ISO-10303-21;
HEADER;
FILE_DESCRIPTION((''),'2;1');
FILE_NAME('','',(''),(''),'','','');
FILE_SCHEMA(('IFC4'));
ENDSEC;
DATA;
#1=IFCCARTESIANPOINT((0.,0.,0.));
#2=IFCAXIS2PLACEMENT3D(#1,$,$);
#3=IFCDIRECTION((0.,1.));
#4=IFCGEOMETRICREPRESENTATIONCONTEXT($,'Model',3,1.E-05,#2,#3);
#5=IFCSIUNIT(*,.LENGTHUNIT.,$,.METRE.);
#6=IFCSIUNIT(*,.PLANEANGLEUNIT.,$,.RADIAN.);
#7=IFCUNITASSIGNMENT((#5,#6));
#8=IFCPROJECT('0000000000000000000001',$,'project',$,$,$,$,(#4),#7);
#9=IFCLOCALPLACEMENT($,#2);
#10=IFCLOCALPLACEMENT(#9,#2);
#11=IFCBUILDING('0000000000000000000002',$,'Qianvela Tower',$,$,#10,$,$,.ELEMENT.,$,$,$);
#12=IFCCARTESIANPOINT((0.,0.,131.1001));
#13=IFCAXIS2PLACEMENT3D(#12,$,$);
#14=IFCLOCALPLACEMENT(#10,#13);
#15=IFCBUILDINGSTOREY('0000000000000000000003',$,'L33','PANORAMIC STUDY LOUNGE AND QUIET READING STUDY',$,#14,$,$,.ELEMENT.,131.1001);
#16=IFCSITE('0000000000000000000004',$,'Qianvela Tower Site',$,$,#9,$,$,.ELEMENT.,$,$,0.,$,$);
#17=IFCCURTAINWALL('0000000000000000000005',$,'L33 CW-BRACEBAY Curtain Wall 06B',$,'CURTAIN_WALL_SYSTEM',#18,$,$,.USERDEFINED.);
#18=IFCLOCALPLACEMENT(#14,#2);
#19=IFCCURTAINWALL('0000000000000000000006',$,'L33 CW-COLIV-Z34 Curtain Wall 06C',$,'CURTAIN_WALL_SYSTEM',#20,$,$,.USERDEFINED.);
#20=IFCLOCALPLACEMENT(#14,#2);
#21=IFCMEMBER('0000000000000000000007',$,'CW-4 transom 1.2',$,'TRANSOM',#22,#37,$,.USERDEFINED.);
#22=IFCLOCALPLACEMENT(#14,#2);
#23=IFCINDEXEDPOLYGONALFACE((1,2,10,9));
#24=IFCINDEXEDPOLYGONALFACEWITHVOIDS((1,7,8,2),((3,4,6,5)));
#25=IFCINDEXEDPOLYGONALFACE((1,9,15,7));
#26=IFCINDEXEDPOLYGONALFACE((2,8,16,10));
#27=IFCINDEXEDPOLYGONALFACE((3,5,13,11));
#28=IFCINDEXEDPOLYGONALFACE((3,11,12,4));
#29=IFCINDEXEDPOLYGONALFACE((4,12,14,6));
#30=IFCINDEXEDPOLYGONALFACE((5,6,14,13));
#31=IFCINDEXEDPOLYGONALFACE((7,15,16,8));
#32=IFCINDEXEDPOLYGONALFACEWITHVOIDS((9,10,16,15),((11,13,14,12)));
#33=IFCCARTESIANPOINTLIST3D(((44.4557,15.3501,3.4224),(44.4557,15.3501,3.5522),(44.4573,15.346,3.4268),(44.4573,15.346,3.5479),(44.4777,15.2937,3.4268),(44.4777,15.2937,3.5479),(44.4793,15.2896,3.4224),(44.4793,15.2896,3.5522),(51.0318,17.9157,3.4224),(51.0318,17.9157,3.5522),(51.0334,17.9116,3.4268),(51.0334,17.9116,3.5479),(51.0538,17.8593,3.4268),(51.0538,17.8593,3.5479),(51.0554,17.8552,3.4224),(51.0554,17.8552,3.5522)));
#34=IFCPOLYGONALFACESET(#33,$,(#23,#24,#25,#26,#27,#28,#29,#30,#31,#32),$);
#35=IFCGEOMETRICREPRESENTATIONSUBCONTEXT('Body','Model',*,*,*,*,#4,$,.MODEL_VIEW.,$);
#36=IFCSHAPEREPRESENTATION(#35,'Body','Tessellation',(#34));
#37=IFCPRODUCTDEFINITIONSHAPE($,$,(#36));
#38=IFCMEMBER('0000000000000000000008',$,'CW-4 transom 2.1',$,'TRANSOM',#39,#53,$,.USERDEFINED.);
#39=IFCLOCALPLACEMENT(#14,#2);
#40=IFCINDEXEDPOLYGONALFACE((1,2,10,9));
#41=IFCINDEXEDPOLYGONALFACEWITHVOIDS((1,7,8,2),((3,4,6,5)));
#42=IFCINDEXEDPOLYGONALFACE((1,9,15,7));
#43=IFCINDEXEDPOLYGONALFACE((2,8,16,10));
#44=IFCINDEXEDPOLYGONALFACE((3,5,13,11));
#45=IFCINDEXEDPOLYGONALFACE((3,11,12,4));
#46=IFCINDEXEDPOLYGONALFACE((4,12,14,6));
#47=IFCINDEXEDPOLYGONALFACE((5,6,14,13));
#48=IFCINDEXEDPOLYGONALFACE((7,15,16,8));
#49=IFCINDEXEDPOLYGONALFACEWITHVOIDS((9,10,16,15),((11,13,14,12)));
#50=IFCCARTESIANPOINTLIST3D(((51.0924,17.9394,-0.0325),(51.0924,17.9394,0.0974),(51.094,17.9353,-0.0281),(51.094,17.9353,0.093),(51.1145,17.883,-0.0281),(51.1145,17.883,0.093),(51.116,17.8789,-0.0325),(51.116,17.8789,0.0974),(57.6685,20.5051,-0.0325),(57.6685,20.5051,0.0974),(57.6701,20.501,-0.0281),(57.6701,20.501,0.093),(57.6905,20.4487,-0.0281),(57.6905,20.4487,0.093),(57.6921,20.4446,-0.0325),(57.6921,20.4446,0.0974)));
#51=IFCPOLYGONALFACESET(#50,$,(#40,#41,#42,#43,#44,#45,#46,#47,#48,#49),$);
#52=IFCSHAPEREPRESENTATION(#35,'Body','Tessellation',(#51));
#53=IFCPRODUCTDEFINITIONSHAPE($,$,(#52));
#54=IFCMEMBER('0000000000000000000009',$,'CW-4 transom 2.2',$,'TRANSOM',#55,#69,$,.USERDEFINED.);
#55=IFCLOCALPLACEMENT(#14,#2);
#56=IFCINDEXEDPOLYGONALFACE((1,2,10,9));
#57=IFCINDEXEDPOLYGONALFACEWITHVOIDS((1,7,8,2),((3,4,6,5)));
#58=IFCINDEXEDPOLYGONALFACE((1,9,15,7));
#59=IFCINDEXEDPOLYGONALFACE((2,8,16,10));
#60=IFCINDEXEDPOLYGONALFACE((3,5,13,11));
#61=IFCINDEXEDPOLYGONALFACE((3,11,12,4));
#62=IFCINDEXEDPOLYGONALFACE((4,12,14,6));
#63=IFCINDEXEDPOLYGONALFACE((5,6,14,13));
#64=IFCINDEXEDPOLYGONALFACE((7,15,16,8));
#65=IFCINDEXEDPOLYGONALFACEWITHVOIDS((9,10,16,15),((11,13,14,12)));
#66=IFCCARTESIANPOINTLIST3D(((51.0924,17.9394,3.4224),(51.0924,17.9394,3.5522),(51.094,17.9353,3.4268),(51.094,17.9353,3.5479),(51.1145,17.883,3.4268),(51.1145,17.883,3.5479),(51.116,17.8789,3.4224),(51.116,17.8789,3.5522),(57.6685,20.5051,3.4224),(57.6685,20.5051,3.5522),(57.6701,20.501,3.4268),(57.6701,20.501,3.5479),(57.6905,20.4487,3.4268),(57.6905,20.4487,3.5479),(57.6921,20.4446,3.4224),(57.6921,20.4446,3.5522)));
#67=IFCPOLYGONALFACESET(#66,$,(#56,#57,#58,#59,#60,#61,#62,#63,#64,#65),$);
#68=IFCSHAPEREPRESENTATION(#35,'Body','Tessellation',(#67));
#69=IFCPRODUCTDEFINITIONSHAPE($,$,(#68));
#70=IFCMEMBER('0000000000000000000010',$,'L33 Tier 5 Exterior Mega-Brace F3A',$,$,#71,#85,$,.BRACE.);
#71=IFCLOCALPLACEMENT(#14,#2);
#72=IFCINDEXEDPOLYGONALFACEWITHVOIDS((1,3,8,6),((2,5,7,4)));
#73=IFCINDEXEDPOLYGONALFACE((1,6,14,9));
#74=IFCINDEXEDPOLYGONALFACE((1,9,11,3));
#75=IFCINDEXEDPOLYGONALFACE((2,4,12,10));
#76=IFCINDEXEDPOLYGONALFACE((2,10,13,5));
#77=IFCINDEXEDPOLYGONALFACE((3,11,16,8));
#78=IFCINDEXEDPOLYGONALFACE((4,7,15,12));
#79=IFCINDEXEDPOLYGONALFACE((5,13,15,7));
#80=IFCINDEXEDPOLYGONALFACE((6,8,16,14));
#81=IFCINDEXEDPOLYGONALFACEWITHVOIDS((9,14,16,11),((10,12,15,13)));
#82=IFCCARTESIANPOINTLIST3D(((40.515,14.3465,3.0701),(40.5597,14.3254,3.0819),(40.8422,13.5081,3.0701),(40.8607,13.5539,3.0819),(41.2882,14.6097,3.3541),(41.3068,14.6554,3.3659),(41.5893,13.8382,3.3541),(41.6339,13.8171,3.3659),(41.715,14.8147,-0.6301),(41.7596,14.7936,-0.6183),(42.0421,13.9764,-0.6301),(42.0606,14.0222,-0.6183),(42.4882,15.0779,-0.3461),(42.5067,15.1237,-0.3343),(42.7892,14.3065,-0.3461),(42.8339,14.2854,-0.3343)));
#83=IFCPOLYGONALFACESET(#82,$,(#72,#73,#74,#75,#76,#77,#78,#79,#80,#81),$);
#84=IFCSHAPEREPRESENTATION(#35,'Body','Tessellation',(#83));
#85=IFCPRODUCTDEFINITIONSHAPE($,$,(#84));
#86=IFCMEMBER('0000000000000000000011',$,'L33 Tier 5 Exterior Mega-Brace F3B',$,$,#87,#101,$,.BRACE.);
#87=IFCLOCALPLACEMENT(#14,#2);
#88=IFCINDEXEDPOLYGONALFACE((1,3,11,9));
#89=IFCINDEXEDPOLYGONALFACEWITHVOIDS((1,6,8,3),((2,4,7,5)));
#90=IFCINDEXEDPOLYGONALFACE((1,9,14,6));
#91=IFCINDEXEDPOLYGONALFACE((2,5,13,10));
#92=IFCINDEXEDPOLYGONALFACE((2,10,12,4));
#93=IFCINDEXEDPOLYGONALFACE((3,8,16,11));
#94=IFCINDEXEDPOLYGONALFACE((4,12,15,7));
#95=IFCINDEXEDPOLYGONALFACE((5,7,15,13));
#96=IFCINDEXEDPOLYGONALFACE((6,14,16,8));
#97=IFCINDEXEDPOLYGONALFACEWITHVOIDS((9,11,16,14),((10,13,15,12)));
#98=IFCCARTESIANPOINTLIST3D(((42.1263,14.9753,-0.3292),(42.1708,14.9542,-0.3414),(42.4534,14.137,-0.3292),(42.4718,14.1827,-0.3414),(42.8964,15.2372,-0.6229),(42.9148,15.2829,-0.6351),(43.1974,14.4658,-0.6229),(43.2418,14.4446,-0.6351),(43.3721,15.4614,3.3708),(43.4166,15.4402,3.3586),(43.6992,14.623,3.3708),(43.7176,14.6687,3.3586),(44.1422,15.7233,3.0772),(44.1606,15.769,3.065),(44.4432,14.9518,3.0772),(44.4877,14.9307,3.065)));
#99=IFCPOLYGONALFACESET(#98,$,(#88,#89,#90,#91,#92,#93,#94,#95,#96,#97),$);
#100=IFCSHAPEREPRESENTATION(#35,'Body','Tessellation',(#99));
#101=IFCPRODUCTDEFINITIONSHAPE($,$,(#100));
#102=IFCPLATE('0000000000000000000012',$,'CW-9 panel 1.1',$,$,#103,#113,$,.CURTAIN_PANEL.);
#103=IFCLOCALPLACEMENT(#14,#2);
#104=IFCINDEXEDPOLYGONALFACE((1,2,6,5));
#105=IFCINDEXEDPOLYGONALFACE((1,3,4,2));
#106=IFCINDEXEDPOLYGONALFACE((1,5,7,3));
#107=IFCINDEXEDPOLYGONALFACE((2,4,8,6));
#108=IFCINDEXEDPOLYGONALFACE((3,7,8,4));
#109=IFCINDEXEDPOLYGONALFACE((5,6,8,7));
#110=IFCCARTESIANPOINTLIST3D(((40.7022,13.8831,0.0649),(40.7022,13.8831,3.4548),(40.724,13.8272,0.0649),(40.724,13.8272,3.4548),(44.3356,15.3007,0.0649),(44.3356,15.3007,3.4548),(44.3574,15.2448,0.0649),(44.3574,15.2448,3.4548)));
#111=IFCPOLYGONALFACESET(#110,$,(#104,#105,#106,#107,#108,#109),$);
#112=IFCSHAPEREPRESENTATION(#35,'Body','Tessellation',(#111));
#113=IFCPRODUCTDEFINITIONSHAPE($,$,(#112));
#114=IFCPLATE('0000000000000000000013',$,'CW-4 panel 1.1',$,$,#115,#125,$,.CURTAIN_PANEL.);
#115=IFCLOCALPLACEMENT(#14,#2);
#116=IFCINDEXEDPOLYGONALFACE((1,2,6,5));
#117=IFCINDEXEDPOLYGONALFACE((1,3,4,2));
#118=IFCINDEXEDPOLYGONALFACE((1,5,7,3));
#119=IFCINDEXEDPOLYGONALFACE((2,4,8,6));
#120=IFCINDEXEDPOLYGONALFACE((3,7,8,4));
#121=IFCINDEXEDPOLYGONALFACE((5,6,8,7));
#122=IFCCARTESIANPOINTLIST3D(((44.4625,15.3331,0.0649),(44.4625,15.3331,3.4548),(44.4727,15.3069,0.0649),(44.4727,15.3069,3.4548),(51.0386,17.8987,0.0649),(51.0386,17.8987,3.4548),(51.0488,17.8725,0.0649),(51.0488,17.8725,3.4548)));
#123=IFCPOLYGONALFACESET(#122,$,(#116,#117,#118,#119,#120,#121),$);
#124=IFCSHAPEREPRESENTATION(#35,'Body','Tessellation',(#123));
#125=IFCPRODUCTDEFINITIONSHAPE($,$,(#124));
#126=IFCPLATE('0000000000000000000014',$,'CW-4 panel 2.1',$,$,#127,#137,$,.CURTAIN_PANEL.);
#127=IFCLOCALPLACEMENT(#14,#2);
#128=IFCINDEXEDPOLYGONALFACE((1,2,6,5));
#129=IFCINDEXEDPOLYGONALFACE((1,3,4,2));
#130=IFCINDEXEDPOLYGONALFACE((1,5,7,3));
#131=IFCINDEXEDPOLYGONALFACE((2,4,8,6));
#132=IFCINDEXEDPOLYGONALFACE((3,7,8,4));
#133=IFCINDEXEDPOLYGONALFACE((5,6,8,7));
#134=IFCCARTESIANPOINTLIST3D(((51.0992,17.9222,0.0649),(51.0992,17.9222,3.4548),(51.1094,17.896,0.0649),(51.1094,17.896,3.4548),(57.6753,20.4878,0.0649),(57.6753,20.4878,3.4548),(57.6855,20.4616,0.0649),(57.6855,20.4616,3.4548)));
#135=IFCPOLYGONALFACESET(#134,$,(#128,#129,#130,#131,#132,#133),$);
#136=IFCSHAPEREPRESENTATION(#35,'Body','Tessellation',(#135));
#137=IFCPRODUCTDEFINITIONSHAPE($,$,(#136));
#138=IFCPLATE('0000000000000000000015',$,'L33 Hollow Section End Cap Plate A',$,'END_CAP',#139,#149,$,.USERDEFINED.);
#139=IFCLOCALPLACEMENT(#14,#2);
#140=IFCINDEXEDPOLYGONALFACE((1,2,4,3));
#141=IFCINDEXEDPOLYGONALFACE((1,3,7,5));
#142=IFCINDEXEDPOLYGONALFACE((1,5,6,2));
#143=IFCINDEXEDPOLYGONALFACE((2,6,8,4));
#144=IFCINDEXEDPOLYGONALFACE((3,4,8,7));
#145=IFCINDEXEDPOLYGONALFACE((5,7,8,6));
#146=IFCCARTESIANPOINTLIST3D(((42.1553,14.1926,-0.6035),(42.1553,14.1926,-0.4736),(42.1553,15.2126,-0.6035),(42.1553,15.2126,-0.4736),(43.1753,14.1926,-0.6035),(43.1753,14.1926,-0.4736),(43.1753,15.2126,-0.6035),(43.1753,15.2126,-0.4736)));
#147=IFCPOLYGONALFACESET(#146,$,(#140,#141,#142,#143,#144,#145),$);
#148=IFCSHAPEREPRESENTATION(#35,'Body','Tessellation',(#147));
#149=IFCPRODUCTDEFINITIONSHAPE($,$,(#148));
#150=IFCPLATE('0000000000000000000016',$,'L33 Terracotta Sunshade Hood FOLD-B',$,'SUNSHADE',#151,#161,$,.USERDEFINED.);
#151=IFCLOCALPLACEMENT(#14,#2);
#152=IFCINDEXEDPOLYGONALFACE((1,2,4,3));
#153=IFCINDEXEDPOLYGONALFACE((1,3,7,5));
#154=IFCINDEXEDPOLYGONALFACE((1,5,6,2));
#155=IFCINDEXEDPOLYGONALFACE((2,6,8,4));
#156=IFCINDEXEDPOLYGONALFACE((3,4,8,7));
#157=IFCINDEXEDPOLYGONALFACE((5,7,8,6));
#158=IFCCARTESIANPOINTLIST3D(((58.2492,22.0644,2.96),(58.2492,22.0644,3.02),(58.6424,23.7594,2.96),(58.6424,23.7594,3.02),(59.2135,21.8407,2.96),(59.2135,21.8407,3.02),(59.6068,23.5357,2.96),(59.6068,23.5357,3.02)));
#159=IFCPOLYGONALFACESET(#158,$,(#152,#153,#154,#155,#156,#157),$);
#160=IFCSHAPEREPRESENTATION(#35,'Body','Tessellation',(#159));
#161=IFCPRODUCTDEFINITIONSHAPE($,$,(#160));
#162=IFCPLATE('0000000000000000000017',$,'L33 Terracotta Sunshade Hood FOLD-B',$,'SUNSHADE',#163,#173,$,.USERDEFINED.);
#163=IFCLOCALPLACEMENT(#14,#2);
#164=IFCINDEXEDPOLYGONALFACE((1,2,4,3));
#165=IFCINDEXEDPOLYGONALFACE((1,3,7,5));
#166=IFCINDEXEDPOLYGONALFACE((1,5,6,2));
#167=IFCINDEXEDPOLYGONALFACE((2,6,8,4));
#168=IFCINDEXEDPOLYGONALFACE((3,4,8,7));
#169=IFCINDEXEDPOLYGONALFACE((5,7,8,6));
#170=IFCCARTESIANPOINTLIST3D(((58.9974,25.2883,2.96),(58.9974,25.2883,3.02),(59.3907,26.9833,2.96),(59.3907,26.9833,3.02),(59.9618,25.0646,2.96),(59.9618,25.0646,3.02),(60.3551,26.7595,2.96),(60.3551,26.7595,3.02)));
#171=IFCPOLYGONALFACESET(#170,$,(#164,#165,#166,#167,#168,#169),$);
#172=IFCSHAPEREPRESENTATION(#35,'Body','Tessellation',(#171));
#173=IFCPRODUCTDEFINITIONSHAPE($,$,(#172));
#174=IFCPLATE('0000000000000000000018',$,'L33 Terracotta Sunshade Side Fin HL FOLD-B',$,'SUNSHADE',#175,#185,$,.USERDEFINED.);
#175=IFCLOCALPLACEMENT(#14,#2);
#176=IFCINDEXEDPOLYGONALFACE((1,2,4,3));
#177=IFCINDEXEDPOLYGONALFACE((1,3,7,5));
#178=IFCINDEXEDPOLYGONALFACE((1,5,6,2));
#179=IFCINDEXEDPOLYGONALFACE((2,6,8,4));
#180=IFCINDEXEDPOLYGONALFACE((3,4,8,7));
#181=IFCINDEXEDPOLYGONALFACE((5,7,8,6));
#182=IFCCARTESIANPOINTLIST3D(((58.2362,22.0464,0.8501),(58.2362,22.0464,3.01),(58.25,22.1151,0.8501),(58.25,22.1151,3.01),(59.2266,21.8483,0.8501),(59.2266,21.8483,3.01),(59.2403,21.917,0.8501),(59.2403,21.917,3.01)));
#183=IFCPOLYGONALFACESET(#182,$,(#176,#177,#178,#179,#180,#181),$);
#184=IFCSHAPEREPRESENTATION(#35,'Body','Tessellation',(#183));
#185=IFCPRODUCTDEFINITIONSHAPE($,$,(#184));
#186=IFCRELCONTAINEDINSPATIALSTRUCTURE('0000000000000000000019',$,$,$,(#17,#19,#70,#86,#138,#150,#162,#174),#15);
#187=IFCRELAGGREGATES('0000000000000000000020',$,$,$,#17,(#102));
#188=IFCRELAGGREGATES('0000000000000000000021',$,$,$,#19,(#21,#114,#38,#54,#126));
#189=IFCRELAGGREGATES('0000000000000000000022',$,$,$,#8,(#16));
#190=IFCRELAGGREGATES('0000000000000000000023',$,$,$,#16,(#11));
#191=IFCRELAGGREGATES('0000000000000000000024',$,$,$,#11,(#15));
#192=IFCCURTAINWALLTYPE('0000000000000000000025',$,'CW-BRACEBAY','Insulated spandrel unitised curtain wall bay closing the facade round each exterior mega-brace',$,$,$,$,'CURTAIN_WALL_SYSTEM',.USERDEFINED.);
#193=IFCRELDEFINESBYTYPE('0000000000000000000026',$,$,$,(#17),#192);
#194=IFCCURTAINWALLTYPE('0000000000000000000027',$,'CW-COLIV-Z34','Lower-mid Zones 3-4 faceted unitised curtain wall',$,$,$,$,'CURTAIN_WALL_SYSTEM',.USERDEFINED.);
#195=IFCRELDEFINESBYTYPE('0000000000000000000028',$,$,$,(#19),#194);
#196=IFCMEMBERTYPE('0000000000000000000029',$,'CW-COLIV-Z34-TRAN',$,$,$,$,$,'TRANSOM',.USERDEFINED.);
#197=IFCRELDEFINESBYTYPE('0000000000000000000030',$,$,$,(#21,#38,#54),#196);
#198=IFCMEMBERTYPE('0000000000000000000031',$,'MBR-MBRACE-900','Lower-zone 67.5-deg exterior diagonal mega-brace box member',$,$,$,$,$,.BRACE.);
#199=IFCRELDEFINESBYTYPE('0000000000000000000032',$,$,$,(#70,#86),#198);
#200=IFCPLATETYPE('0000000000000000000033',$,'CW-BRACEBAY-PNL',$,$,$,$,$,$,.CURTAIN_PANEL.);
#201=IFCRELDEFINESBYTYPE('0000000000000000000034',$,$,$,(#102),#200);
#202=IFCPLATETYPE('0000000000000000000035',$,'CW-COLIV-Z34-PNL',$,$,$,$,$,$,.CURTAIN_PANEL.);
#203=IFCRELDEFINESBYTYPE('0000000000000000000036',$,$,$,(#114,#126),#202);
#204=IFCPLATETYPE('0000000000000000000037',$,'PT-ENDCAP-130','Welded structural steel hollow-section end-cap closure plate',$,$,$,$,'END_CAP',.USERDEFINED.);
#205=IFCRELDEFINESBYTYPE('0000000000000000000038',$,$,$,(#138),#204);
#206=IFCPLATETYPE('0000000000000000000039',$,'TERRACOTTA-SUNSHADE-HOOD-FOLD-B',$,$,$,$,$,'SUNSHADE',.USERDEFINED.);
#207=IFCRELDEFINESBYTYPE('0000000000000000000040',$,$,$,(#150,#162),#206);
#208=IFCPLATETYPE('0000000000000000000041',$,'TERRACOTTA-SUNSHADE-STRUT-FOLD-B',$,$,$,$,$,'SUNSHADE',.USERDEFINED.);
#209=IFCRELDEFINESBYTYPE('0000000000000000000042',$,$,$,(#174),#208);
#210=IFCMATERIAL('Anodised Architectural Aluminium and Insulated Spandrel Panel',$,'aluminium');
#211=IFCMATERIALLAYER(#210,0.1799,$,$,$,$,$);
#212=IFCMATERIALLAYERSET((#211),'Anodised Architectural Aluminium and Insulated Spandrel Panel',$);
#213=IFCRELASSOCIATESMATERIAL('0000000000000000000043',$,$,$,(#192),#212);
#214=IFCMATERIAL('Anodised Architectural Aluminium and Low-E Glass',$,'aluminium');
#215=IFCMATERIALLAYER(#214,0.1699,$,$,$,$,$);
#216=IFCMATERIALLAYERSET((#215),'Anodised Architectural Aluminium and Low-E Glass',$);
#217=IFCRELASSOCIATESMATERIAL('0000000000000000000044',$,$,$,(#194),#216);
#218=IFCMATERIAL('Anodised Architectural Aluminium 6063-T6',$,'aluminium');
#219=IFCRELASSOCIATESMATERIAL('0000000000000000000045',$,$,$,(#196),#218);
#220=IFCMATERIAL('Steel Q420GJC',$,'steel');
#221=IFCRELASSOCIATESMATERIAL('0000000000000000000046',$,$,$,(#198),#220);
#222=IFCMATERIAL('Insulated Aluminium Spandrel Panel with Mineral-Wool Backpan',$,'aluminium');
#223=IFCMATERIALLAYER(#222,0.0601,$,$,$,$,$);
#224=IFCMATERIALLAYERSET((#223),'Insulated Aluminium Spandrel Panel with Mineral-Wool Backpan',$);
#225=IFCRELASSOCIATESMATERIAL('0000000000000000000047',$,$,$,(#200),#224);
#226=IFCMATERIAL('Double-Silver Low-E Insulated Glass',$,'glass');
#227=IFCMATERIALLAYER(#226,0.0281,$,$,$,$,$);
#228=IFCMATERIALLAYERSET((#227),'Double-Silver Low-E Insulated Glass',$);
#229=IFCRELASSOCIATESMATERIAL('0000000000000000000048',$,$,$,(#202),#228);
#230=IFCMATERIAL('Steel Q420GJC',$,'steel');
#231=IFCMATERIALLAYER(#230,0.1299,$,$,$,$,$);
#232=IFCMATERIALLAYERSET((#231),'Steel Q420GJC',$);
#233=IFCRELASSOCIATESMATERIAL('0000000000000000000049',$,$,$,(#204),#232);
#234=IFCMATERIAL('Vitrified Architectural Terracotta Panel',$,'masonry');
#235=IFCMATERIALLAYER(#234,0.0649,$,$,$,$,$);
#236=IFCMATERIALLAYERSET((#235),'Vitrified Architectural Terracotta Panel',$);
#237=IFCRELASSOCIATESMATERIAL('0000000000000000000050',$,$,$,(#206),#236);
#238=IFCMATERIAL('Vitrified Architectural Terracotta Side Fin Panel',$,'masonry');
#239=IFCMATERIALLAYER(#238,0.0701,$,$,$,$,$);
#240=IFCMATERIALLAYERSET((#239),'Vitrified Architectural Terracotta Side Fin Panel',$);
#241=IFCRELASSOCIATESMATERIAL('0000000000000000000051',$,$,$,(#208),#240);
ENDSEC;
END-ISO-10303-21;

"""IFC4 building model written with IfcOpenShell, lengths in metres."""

from ifc_helpers import new_model, si_unit, direction, frame, origin, origin_2d, place, context, subcontext, project, spatial, rectangle, hollow_rectangle, extrude, material, layer, layer_set, material_profile, profile_set, type_object, element, aggregate, save


model = new_model("IFC4")

# Units and contexts
model_context = context("Model", 3, precision=1e-05, world=origin(), true_north=direction((0.0, 1.0)))
body_context = subcontext(model_context, "Body", "Model", "MODEL_VIEW")
ifc_project = project(units=[si_unit("LENGTHUNIT", "METRE"), si_unit("PLANEANGLEUNIT", "RADIAN")], contexts=[model_context])

# Site, building, storey
site_placement = place(None, origin())
site = spatial("IfcSite", under=ifc_project, at=site_placement, Name="Qianvela Tower Site", CompositionType="ELEMENT", RefElevation=0.0)
building_placement = place(site_placement, origin())
building = spatial("IfcBuilding", under=site, at=building_placement, Name="Qianvela Tower", CompositionType="ELEMENT")
storey_placement = place(building_placement, frame((0.0, 0.0, 131.1001)))
storey = spatial("IfcBuildingStorey", under=building, at=storey_placement, Name="L33", Description="PANORAMIC STUDY LOUNGE AND QUIET READING STUDY", CompositionType="ELEMENT", Elevation=131.1001)

# Curtain wall
ifc_material_1 = material(Name="Anodised Architectural Aluminium and Insulated Spandrel Panel", Category="aluminium")
ifc_layer_1 = layer(ifc_material_1, 0.1799)
ifc_layer_set_1 = layer_set([ifc_layer_1], Name="Anodised Architectural Aluminium and Insulated Spandrel Panel")
curtain_wall_type_1 = type_object("IfcCurtainWallType", Name="CW-BRACEBAY", Description="Insulated spandrel unitised curtain wall bay closing the facade round each exterior mega-brace", ElementType="CURTAIN_WALL_SYSTEM", PredefinedType="USERDEFINED", material=ifc_layer_set_1)
curtain_wall_1_placement = place(storey_placement, origin())
curtain_wall_1 = element("IfcCurtainWall", 1, at=curtain_wall_1_placement, inside=storey, type_object=curtain_wall_type_1, Name="L33 CW-BRACEBAY Curtain Wall 06B", ObjectType="CURTAIN_WALL_SYSTEM", PredefinedType="USERDEFINED")

# Curtain wall, members
ifc_material_2 = material(Name="Anodised Architectural Aluminium and Low-E Glass", Category="aluminium")
ifc_layer_2 = layer(ifc_material_2, 0.1699)
ifc_layer_set_2 = layer_set([ifc_layer_2], Name="Anodised Architectural Aluminium and Low-E Glass")
curtain_wall_type_2 = type_object("IfcCurtainWallType", Name="CW-COLIV-Z34", Description="Lower-mid Zones 3-4 faceted unitised curtain wall", ElementType="CURTAIN_WALL_SYSTEM", PredefinedType="USERDEFINED", material=ifc_layer_set_2)
curtain_wall_2_placement = place(storey_placement, origin())
curtain_wall_2 = element("IfcCurtainWall", 2, at=curtain_wall_2_placement, inside=storey, type_object=curtain_wall_type_2, Name="L33 CW-COLIV-Z34 Curtain Wall 06C", ObjectType="CURTAIN_WALL_SYSTEM", PredefinedType="USERDEFINED")
ifc_material_3 = material(Name="Anodised Architectural Aluminium 6063-T6", Category="aluminium")
ifc_material_profile_1 = material_profile(ifc_material_3, hollow_rectangle(XDim=0.0649, YDim=0.1299, WallThickness=0.0044, at=origin_2d()), Name="ALU-TRAN-65x130")
ifc_profile_set_1 = profile_set([ifc_material_profile_1], Name="Anodised Architectural Aluminium 6063-T6")
member_type_1 = type_object("IfcMemberType", Name="CW-COLIV-Z34-TRAN", ElementType="TRANSOM", PredefinedType="USERDEFINED", material=ifc_profile_set_1)
member_1_placement = place(storey_placement, frame((44.4675, 15.3198, 3.4873), z_axis=(0.931608, 0.363464, 0.0), x_axis=(-0.363464, 0.931608, 0.0)))
member_1 = element("IfcMember", 3, at=member_1_placement, type_object=member_type_1, Name="CW-4 transom 1.2", ObjectType="TRANSOM", PredefinedType="USERDEFINED", context=body_context, shape_type="SweptSolid", body=[
    extrude(hollow_rectangle(XDim=0.0649, YDim=0.1299, WallThickness=0.0044, at=origin_2d()), origin(), (0.0, 0.0, 1.0), 7.0588),
])
member_2_placement = place(storey_placement, frame((51.1042, 17.9092, 0.0325), z_axis=(0.931608, 0.363464, 0.0), x_axis=(-0.363464, 0.931608, 0.0)))
member_2 = element("IfcMember", 4, at=member_2_placement, type_object=member_type_1, Name="CW-4 transom 2.1", ObjectType="TRANSOM", PredefinedType="USERDEFINED", context=body_context, shape_type="SweptSolid", body=[
    extrude(hollow_rectangle(XDim=0.0649, YDim=0.1299, WallThickness=0.0044, at=origin_2d()), origin(), (0.0, 0.0, 1.0), 7.0588),
])
member_3_placement = place(storey_placement, frame((51.1042, 17.9092, 3.4873), z_axis=(0.931608, 0.363464, 0.0), x_axis=(-0.363464, 0.931608, 0.0)))
member_3 = element("IfcMember", 5, at=member_3_placement, type_object=member_type_1, Name="CW-4 transom 2.2", ObjectType="TRANSOM", PredefinedType="USERDEFINED", context=body_context, shape_type="SweptSolid", body=[
    extrude(hollow_rectangle(XDim=0.0649, YDim=0.1299, WallThickness=0.0044, at=origin_2d()), origin(), (0.0, 0.0, 1.0), 7.0588),
])

# Members
ifc_material_4 = material(Name="Steel Q420GJC", Category="steel")
ifc_material_profile_2 = material_profile(ifc_material_4, hollow_rectangle(XDim=0.8999, YDim=0.8999, WallThickness=0.0359, at=origin_2d()), Name="MBOX-900x900x36")
ifc_profile_set_2 = profile_set([ifc_material_profile_2], Name="Steel Q420GJC")
member_type_2 = type_object("IfcMemberType", Name="MBR-MBRACE-900", Description="Lower-zone 67.5-deg exterior diagonal mega-brace box member", PredefinedType="BRACE", material=ifc_profile_set_2)
member_4_placement = place(storey_placement, frame((42.2744, 14.55, -0.4822), z_axis=(-0.306268, -0.119516, 0.944413), x_axis=(0.363534, -0.931581, 0.0)))
element("IfcMember", 6, at=member_4_placement, inside=storey, type_object=member_type_2, Name="L33 Tier 5 Exterior Mega-Brace F3A", PredefinedType="BRACE", context=body_context, shape_type="SweptSolid", body=[
    extrude(hollow_rectangle(XDim=0.8999, YDim=0.8999, WallThickness=0.0359, at=origin_2d()), origin(), (0.0, 0.0, 1.0), 3.918),
])
member_5_placement = place(storey_placement, frame((42.6841, 14.71, -0.4822), z_axis=(0.316652, 0.123546, 0.940462), x_axis=(-0.363477, 0.931603, 0.0)))
element("IfcMember", 7, at=member_5_placement, inside=storey, type_object=member_type_2, Name="L33 Tier 5 Exterior Mega-Brace F3B", PredefinedType="BRACE", context=body_context, shape_type="SweptSolid", body=[
    extrude(hollow_rectangle(XDim=0.8999, YDim=0.8999, WallThickness=0.0359, at=origin_2d()), origin(), (0.0, 0.0, 1.0), 3.9343),
])

# Plates
ifc_material_5 = material(Name="Insulated Aluminium Spandrel Panel with Mineral-Wool Backpan", Category="aluminium")
ifc_layer_3 = layer(ifc_material_5, 0.0601)
ifc_layer_set_3 = layer_set([ifc_layer_3], Name="Insulated Aluminium Spandrel Panel with Mineral-Wool Backpan")
plate_type_1 = type_object("IfcPlateType", Name="CW-BRACEBAY-PNL", PredefinedType="CURTAIN_PANEL", material=ifc_layer_set_3)
plate_1_placement = place(storey_placement, frame((42.5298, 14.564, 0.0649), z_axis=(0.0, 0.0, 1.0), x_axis=(0.931605, 0.363471, 0.0)))
plate_1 = element("IfcPlate", 8, at=plate_1_placement, type_object=plate_type_1, Name="CW-9 panel 1.1", PredefinedType="CURTAIN_PANEL", context=body_context, shape_type="SweptSolid", body=[
    extrude(rectangle(XDim=3.9001, YDim=0.0601, at=origin_2d()), origin(), (0.0, 0.0, 1.0), 3.3899),
])
aggregate(curtain_wall_1, [plate_1])
ifc_material_6 = material(Name="Double-Silver Low-E Insulated Glass", Category="glass")
ifc_layer_4 = layer(ifc_material_6, 0.0281)
ifc_layer_set_4 = layer_set([ifc_layer_4], Name="Double-Silver Low-E Insulated Glass")
plate_type_2 = type_object("IfcPlateType", Name="CW-COLIV-Z34-PNL", PredefinedType="CURTAIN_PANEL", material=ifc_layer_set_4)
plate_2_placement = place(storey_placement, frame((47.7556, 16.6028, 0.0649), z_axis=(0.0, 0.0, 1.0), x_axis=(0.93161, 0.363459, 0.0)))
plate_2 = element("IfcPlate", 9, at=plate_2_placement, type_object=plate_type_2, Name="CW-4 panel 1.1", PredefinedType="CURTAIN_PANEL", context=body_context, shape_type="SweptSolid", body=[
    extrude(rectangle(XDim=7.0588, YDim=0.0281, at=origin_2d()), origin(), (0.0, 0.0, 1.0), 3.3899),
])
plate_3_placement = place(storey_placement, frame((54.3923, 19.1919, 0.0649), z_axis=(0.0, 0.0, 1.0), x_axis=(0.93161, 0.363459, 0.0)))
plate_3 = element("IfcPlate", 10, at=plate_3_placement, type_object=plate_type_2, Name="CW-4 panel 2.1", PredefinedType="CURTAIN_PANEL", context=body_context, shape_type="SweptSolid", body=[
    extrude(rectangle(XDim=7.0588, YDim=0.0281, at=origin_2d()), origin(), (0.0, 0.0, 1.0), 3.3899),
])
aggregate(curtain_wall_2, [member_1, plate_2, member_2, member_3, plate_3])

# Plates
ifc_material_7 = material(Name="Steel Q420GJC", Category="steel")
ifc_layer_5 = layer(ifc_material_7, 0.1299)
ifc_layer_set_5 = layer_set([ifc_layer_5], Name="Steel Q420GJC")
plate_type_3 = type_object("IfcPlateType", Name="PT-ENDCAP-130", Description="Welded structural steel hollow-section end-cap closure plate", ElementType="END_CAP", PredefinedType="USERDEFINED", material=ifc_layer_set_5)
plate_4_placement = place(storey_placement, frame((42.6653, 14.7026, -0.6035), z_axis=(0.0, 0.0, 1.0), x_axis=(1.0, 0.0, 0.0)))
element("IfcPlate", 11, at=plate_4_placement, inside=storey, type_object=plate_type_3, Name="L33 Hollow Section End Cap Plate A", ObjectType="END_CAP", PredefinedType="USERDEFINED", context=body_context, shape_type="SweptSolid", body=[
    extrude(rectangle(XDim=1.02, YDim=1.02, at=origin_2d()), origin(), (0.0, 0.0, 1.0), 0.1299),
])
ifc_material_8 = material(Name="Vitrified Architectural Terracotta Panel", Category="masonry")
ifc_layer_6 = layer(ifc_material_8, 0.0649)
ifc_layer_set_6 = layer_set([ifc_layer_6], Name="Vitrified Architectural Terracotta Panel")
plate_type_4 = type_object("IfcPlateType", Name="TERRACOTTA-SUNSHADE-HOOD-FOLD-B", ElementType="SUNSHADE", PredefinedType="USERDEFINED", material=ifc_layer_set_6)
for number, where, z_axis, x_axis, name in (
    (12, (58.928, 22.8, 2.96), (0.0, 0.0, 1.0), (0.226021, 0.974123, 0.0), "L33 Terracotta Sunshade Hood FOLD-B"),
    (13, (59.6763, 26.0239, 2.96), (0.0, 0.0, 1.0), (0.226021, 0.974123, 0.0), "L33 Terracotta Sunshade Hood FOLD-B"),
):
    element("IfcPlate", number, at=place(storey_placement, frame(where, z_axis=z_axis, x_axis=x_axis)), inside=storey, type_object=plate_type_4, Name=name, ObjectType="SUNSHADE", PredefinedType="USERDEFINED", context=body_context, shape_type="SweptSolid", body=[
        extrude(rectangle(XDim=1.74, YDim=0.99, at=origin_2d()), origin(), (0.0, 0.0, 1.0), 0.0601),
    ])
ifc_material_9 = material(Name="Vitrified Architectural Terracotta Side Fin Panel", Category="masonry")
ifc_layer_7 = layer(ifc_material_9, 0.0701)
ifc_layer_set_7 = layer_set([ifc_layer_7], Name="Vitrified Architectural Terracotta Side Fin Panel")
plate_type_5 = type_object("IfcPlateType", Name="TERRACOTTA-SUNSHADE-STRUT-FOLD-B", ElementType="SUNSHADE", PredefinedType="USERDEFINED", material=ifc_layer_set_7)
for number, where, z_axis, x_axis, name in (
    (14, (58.7383, 21.9817, 0.8501), (0.0, 0.0, 1.0), (0.196167, 0.980571, 0.0), "L33 Terracotta Sunshade Side Fin HL FOLD-B"),
):
    element("IfcPlate", number, at=place(storey_placement, frame(where, z_axis=z_axis, x_axis=x_axis)), inside=storey, type_object=plate_type_5, Name=name, ObjectType="SUNSHADE", PredefinedType="USERDEFINED", context=body_context, shape_type="SweptSolid", body=[
        extrude(rectangle(XDim=0.0701, YDim=1.01, at=origin_2d()), origin(), (0.0, 0.0, 1.0), 2.1599),
    ])

save(model, "model.ifc")
